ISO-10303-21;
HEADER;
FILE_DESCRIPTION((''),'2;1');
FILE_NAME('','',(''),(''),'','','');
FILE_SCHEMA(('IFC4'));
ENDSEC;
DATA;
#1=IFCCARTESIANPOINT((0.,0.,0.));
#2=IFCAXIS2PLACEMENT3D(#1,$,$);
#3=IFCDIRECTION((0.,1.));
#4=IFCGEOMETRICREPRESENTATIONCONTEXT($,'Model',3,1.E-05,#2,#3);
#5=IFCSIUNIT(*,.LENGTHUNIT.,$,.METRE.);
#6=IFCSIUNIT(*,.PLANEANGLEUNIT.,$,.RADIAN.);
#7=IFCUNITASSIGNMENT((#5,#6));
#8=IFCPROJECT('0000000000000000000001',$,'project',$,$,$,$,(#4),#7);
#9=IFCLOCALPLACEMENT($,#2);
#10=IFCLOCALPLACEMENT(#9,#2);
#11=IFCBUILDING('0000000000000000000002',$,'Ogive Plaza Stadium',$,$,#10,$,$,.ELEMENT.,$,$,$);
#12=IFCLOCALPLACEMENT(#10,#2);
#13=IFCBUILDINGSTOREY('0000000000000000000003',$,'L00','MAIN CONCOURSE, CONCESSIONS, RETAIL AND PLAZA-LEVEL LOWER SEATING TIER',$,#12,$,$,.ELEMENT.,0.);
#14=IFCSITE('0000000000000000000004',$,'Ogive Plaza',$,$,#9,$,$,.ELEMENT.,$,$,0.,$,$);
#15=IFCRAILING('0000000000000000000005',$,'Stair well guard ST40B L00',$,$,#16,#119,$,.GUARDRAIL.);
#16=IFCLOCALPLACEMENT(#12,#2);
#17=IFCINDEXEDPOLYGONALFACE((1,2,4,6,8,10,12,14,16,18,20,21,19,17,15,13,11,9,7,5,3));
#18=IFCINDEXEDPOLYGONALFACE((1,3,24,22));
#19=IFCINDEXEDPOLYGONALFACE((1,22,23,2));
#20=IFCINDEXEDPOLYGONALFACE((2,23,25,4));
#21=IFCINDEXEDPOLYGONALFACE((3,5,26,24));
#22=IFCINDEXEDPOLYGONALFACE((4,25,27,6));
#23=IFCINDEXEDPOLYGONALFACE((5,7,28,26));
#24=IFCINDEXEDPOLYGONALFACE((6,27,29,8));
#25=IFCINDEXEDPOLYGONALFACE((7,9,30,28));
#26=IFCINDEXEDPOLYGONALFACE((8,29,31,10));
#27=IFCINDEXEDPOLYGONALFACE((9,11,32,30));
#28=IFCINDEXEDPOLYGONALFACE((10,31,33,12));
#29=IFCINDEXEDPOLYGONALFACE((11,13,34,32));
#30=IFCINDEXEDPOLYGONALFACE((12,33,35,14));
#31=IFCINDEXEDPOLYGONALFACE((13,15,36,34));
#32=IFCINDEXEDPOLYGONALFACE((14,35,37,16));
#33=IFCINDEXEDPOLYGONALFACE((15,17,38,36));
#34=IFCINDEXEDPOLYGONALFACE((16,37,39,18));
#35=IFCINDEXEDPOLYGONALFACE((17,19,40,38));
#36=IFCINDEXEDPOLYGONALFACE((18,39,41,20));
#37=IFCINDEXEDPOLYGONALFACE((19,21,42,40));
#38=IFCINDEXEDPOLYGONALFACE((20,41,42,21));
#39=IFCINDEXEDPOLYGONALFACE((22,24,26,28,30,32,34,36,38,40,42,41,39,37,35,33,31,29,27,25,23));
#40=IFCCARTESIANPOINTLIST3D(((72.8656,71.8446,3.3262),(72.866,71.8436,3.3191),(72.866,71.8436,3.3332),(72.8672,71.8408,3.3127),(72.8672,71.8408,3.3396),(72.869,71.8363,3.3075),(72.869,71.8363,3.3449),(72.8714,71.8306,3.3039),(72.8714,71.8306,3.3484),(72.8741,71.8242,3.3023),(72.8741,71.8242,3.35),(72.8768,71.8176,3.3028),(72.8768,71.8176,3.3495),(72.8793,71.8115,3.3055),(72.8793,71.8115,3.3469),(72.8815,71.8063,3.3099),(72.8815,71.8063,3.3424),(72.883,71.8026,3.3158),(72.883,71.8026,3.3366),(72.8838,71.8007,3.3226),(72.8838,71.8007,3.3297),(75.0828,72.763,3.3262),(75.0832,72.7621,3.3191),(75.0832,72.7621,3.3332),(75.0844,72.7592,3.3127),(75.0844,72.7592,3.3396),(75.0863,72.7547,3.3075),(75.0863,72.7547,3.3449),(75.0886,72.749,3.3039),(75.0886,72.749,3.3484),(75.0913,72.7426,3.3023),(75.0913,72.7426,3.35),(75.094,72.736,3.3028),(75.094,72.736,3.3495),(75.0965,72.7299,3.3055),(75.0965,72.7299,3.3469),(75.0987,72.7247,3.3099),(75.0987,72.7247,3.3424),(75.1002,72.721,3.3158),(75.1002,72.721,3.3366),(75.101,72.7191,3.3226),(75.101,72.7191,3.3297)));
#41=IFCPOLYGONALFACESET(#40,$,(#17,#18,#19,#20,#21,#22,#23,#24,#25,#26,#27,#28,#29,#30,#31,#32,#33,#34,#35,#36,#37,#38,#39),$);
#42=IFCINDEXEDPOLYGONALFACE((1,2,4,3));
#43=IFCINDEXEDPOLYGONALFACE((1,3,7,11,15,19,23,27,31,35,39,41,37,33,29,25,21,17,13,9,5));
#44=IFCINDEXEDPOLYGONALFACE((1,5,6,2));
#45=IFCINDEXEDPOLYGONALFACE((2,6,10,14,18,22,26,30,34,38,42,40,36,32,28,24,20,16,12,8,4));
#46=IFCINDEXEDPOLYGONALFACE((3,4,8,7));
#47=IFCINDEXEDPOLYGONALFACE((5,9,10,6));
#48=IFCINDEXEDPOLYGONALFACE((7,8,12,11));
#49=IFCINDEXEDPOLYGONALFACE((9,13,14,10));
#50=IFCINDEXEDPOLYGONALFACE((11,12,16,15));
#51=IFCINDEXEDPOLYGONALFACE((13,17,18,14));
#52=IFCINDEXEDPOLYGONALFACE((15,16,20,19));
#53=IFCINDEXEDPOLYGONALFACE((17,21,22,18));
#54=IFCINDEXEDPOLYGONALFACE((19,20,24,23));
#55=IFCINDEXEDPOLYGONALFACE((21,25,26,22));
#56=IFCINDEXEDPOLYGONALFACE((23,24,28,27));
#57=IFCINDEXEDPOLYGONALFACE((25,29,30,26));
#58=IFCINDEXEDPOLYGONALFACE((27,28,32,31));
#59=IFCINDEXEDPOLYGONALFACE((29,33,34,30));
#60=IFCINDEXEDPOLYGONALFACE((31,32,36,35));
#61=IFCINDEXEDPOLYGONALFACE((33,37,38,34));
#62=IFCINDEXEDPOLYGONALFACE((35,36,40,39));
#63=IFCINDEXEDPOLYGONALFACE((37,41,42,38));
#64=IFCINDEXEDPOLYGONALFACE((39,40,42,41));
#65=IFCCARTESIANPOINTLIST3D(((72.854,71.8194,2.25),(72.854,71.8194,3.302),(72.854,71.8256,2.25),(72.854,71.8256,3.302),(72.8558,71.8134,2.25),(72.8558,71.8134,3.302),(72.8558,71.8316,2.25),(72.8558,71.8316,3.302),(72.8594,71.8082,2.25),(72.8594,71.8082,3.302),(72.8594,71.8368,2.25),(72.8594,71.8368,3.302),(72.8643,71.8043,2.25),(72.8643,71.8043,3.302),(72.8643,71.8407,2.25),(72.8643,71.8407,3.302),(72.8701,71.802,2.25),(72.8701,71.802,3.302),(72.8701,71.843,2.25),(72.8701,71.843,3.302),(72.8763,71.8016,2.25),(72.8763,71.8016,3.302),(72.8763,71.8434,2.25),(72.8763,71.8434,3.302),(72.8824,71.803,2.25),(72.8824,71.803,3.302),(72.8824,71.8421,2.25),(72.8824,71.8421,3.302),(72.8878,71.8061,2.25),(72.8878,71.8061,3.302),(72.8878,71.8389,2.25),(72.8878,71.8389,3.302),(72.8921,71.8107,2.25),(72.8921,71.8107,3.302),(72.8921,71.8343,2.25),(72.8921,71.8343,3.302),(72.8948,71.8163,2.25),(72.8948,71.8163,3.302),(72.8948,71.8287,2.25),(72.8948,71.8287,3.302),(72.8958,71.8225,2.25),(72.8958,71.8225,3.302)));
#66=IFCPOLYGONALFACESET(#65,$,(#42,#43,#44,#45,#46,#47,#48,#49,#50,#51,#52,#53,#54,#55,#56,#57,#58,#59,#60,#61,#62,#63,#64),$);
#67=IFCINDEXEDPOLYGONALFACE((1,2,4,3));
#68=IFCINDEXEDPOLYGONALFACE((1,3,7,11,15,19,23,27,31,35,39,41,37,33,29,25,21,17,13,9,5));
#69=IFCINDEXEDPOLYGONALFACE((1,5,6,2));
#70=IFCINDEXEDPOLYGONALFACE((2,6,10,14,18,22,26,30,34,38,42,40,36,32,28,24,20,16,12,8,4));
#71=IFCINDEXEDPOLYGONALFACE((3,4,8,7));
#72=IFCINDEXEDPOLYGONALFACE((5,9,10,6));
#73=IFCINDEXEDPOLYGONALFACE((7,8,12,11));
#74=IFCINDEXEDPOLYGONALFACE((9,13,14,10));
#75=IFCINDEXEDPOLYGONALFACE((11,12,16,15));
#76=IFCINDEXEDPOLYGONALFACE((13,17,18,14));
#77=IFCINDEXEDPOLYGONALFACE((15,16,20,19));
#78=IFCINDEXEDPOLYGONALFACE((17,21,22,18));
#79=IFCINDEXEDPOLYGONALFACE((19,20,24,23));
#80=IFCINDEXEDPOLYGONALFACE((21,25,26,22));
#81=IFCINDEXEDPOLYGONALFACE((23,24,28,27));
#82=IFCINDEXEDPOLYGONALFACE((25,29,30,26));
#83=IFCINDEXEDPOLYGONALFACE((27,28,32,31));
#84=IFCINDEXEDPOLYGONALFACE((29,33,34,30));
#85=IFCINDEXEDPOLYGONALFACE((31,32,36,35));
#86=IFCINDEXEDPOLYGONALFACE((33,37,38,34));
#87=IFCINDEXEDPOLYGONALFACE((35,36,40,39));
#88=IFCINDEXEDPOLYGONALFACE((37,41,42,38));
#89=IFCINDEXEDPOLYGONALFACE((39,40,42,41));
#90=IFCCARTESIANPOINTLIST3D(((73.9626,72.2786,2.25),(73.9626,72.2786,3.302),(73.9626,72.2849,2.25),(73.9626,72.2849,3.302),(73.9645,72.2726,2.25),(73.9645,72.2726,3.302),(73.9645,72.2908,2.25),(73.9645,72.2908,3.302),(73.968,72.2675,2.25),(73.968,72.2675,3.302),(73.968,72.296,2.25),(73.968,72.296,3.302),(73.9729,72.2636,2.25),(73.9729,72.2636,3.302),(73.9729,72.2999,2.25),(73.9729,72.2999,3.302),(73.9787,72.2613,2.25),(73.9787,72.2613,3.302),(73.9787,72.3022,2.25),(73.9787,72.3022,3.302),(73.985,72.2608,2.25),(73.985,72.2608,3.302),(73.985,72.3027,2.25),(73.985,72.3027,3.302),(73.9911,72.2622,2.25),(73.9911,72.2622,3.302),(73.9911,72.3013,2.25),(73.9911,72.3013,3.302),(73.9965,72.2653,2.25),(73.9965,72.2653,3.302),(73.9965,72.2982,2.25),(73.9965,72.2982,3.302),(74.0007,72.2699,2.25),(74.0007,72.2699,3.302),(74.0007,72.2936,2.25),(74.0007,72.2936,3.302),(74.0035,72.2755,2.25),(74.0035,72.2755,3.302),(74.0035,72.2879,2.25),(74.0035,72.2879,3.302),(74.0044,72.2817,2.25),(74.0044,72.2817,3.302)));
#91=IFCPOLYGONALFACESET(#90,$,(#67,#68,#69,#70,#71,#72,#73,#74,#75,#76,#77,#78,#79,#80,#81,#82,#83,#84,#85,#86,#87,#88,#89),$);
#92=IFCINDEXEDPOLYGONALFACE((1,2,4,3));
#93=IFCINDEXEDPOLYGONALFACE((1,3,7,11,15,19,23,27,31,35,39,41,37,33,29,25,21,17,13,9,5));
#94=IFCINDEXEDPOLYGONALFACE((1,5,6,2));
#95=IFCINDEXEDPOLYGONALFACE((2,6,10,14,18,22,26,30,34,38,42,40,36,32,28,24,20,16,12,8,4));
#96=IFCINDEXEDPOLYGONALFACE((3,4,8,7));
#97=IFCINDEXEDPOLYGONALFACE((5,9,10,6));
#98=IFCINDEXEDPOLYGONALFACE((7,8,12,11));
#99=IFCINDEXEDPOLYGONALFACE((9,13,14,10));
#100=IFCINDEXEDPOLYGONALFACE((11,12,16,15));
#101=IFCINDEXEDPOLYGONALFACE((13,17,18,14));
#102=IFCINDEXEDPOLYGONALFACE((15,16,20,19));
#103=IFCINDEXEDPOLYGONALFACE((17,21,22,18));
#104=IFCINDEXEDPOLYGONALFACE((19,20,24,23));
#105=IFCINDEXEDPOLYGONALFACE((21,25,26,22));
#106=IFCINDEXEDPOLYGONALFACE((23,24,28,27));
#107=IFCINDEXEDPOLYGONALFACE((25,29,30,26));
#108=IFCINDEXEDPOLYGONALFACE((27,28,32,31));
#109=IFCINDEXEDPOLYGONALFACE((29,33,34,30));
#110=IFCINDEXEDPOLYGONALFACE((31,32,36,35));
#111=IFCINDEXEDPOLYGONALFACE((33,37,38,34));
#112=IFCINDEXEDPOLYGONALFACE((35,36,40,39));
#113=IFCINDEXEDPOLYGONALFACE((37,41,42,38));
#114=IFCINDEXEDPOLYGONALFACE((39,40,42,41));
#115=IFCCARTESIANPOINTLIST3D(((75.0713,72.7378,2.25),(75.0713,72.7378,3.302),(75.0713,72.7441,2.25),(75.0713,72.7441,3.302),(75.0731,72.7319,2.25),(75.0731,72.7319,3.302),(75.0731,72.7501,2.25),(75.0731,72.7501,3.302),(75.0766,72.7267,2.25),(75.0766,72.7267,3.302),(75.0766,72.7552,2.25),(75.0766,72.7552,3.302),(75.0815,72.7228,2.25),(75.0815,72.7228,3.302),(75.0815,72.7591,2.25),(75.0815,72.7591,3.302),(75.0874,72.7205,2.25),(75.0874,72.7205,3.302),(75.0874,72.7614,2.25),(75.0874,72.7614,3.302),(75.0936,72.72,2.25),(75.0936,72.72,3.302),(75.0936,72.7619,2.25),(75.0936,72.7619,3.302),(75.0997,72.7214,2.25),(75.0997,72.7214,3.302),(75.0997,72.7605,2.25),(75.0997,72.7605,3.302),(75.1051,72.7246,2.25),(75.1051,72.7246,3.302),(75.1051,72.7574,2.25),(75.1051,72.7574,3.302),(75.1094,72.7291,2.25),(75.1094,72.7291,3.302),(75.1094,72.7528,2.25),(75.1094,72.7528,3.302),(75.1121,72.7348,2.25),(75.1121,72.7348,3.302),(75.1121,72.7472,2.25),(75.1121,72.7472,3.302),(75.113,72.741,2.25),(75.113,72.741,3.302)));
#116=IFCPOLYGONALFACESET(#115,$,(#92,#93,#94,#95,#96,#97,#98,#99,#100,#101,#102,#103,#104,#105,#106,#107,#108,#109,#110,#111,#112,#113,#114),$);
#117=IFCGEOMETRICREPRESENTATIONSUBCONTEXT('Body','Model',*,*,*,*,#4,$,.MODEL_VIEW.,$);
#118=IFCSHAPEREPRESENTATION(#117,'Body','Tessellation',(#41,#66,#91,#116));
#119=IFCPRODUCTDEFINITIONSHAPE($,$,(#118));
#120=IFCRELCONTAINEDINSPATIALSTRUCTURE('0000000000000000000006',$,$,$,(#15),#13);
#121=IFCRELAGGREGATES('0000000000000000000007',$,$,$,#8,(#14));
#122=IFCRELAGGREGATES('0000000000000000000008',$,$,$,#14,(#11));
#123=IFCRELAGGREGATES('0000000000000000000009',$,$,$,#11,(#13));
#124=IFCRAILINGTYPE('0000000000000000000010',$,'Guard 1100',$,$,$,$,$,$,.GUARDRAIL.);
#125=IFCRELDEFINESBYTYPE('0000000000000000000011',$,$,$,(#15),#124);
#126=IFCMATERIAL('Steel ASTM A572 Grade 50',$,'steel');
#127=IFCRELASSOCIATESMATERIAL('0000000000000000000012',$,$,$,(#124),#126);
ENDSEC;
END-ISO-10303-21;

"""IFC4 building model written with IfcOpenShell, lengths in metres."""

from ifc_helpers import new_model, si_unit, direction, frame, origin, origin_2d, place, context, subcontext, project, spatial, circle, extrude, material, type_object, element, save


model = new_model("IFC4")

# Units and contexts
model_context = context("Model", 3, precision=1e-05, world=origin(), true_north=direction((0.0, 1.0)))
body_context = subcontext(model_context, "Body", "Model", "MODEL_VIEW")
ifc_project = project(units=[si_unit("LENGTHUNIT", "METRE"), si_unit("PLANEANGLEUNIT", "RADIAN")], contexts=[model_context])

# Site, building, storey
site_placement = place(None, origin())
site = spatial("IfcSite", under=ifc_project, at=site_placement, Name="Ogive Plaza", CompositionType="ELEMENT", RefElevation=0.0)
building_placement = place(site_placement, origin())
building = spatial("IfcBuilding", under=site, at=building_placement, Name="Ogive Plaza Stadium", CompositionType="ELEMENT")
storey_placement = place(building_placement, origin())
storey = spatial("IfcBuildingStorey", under=building, at=storey_placement, Name="L00", Description="MAIN CONCOURSE, CONCESSIONS, RETAIL AND PLAZA-LEVEL LOWER SEATING TIER", CompositionType="ELEMENT", Elevation=0.0)

# Railing
ifc_material_1 = material(Name="Steel ASTM A572 Grade 50", Category="steel")
railing_type_1 = type_object("IfcRailingType", Name="Guard 1100", PredefinedType="GUARDRAIL", material=ifc_material_1)
railing_1_placement = place(storey_placement, frame((72.8748, 71.8225, 2.25)))
element("IfcRailing", 1, at=railing_1_placement, inside=storey, type_object=railing_type_1, Name="Stair well guard ST40B L00", PredefinedType="GUARDRAIL", context=body_context, shape_type="SweptSolid", body=[
    extrude(circle(Radius=0.0239, at=origin_2d()), frame((0.0, 0.0, 1.0762), z_axis=(0.923875, 0.382693, 0.0), x_axis=(-0.382693, 0.923875, 0.0)), (0.0, 0.0, 1.0), 2.3999),
    extrude(circle(Radius=0.021, at=origin_2d()), origin(), (0.0, 0.0, 1.0), 1.052),
    extrude(circle(Radius=0.021, at=origin_2d()), frame((1.1086, 0.4592, 0.0)), (0.0, 0.0, 1.0), 1.052),
    extrude(circle(Radius=0.021, at=origin_2d()), frame((2.2173, 0.9185, 0.0)), (0.0, 0.0, 1.0), 1.052),
])

save(model, "model.ifc")
